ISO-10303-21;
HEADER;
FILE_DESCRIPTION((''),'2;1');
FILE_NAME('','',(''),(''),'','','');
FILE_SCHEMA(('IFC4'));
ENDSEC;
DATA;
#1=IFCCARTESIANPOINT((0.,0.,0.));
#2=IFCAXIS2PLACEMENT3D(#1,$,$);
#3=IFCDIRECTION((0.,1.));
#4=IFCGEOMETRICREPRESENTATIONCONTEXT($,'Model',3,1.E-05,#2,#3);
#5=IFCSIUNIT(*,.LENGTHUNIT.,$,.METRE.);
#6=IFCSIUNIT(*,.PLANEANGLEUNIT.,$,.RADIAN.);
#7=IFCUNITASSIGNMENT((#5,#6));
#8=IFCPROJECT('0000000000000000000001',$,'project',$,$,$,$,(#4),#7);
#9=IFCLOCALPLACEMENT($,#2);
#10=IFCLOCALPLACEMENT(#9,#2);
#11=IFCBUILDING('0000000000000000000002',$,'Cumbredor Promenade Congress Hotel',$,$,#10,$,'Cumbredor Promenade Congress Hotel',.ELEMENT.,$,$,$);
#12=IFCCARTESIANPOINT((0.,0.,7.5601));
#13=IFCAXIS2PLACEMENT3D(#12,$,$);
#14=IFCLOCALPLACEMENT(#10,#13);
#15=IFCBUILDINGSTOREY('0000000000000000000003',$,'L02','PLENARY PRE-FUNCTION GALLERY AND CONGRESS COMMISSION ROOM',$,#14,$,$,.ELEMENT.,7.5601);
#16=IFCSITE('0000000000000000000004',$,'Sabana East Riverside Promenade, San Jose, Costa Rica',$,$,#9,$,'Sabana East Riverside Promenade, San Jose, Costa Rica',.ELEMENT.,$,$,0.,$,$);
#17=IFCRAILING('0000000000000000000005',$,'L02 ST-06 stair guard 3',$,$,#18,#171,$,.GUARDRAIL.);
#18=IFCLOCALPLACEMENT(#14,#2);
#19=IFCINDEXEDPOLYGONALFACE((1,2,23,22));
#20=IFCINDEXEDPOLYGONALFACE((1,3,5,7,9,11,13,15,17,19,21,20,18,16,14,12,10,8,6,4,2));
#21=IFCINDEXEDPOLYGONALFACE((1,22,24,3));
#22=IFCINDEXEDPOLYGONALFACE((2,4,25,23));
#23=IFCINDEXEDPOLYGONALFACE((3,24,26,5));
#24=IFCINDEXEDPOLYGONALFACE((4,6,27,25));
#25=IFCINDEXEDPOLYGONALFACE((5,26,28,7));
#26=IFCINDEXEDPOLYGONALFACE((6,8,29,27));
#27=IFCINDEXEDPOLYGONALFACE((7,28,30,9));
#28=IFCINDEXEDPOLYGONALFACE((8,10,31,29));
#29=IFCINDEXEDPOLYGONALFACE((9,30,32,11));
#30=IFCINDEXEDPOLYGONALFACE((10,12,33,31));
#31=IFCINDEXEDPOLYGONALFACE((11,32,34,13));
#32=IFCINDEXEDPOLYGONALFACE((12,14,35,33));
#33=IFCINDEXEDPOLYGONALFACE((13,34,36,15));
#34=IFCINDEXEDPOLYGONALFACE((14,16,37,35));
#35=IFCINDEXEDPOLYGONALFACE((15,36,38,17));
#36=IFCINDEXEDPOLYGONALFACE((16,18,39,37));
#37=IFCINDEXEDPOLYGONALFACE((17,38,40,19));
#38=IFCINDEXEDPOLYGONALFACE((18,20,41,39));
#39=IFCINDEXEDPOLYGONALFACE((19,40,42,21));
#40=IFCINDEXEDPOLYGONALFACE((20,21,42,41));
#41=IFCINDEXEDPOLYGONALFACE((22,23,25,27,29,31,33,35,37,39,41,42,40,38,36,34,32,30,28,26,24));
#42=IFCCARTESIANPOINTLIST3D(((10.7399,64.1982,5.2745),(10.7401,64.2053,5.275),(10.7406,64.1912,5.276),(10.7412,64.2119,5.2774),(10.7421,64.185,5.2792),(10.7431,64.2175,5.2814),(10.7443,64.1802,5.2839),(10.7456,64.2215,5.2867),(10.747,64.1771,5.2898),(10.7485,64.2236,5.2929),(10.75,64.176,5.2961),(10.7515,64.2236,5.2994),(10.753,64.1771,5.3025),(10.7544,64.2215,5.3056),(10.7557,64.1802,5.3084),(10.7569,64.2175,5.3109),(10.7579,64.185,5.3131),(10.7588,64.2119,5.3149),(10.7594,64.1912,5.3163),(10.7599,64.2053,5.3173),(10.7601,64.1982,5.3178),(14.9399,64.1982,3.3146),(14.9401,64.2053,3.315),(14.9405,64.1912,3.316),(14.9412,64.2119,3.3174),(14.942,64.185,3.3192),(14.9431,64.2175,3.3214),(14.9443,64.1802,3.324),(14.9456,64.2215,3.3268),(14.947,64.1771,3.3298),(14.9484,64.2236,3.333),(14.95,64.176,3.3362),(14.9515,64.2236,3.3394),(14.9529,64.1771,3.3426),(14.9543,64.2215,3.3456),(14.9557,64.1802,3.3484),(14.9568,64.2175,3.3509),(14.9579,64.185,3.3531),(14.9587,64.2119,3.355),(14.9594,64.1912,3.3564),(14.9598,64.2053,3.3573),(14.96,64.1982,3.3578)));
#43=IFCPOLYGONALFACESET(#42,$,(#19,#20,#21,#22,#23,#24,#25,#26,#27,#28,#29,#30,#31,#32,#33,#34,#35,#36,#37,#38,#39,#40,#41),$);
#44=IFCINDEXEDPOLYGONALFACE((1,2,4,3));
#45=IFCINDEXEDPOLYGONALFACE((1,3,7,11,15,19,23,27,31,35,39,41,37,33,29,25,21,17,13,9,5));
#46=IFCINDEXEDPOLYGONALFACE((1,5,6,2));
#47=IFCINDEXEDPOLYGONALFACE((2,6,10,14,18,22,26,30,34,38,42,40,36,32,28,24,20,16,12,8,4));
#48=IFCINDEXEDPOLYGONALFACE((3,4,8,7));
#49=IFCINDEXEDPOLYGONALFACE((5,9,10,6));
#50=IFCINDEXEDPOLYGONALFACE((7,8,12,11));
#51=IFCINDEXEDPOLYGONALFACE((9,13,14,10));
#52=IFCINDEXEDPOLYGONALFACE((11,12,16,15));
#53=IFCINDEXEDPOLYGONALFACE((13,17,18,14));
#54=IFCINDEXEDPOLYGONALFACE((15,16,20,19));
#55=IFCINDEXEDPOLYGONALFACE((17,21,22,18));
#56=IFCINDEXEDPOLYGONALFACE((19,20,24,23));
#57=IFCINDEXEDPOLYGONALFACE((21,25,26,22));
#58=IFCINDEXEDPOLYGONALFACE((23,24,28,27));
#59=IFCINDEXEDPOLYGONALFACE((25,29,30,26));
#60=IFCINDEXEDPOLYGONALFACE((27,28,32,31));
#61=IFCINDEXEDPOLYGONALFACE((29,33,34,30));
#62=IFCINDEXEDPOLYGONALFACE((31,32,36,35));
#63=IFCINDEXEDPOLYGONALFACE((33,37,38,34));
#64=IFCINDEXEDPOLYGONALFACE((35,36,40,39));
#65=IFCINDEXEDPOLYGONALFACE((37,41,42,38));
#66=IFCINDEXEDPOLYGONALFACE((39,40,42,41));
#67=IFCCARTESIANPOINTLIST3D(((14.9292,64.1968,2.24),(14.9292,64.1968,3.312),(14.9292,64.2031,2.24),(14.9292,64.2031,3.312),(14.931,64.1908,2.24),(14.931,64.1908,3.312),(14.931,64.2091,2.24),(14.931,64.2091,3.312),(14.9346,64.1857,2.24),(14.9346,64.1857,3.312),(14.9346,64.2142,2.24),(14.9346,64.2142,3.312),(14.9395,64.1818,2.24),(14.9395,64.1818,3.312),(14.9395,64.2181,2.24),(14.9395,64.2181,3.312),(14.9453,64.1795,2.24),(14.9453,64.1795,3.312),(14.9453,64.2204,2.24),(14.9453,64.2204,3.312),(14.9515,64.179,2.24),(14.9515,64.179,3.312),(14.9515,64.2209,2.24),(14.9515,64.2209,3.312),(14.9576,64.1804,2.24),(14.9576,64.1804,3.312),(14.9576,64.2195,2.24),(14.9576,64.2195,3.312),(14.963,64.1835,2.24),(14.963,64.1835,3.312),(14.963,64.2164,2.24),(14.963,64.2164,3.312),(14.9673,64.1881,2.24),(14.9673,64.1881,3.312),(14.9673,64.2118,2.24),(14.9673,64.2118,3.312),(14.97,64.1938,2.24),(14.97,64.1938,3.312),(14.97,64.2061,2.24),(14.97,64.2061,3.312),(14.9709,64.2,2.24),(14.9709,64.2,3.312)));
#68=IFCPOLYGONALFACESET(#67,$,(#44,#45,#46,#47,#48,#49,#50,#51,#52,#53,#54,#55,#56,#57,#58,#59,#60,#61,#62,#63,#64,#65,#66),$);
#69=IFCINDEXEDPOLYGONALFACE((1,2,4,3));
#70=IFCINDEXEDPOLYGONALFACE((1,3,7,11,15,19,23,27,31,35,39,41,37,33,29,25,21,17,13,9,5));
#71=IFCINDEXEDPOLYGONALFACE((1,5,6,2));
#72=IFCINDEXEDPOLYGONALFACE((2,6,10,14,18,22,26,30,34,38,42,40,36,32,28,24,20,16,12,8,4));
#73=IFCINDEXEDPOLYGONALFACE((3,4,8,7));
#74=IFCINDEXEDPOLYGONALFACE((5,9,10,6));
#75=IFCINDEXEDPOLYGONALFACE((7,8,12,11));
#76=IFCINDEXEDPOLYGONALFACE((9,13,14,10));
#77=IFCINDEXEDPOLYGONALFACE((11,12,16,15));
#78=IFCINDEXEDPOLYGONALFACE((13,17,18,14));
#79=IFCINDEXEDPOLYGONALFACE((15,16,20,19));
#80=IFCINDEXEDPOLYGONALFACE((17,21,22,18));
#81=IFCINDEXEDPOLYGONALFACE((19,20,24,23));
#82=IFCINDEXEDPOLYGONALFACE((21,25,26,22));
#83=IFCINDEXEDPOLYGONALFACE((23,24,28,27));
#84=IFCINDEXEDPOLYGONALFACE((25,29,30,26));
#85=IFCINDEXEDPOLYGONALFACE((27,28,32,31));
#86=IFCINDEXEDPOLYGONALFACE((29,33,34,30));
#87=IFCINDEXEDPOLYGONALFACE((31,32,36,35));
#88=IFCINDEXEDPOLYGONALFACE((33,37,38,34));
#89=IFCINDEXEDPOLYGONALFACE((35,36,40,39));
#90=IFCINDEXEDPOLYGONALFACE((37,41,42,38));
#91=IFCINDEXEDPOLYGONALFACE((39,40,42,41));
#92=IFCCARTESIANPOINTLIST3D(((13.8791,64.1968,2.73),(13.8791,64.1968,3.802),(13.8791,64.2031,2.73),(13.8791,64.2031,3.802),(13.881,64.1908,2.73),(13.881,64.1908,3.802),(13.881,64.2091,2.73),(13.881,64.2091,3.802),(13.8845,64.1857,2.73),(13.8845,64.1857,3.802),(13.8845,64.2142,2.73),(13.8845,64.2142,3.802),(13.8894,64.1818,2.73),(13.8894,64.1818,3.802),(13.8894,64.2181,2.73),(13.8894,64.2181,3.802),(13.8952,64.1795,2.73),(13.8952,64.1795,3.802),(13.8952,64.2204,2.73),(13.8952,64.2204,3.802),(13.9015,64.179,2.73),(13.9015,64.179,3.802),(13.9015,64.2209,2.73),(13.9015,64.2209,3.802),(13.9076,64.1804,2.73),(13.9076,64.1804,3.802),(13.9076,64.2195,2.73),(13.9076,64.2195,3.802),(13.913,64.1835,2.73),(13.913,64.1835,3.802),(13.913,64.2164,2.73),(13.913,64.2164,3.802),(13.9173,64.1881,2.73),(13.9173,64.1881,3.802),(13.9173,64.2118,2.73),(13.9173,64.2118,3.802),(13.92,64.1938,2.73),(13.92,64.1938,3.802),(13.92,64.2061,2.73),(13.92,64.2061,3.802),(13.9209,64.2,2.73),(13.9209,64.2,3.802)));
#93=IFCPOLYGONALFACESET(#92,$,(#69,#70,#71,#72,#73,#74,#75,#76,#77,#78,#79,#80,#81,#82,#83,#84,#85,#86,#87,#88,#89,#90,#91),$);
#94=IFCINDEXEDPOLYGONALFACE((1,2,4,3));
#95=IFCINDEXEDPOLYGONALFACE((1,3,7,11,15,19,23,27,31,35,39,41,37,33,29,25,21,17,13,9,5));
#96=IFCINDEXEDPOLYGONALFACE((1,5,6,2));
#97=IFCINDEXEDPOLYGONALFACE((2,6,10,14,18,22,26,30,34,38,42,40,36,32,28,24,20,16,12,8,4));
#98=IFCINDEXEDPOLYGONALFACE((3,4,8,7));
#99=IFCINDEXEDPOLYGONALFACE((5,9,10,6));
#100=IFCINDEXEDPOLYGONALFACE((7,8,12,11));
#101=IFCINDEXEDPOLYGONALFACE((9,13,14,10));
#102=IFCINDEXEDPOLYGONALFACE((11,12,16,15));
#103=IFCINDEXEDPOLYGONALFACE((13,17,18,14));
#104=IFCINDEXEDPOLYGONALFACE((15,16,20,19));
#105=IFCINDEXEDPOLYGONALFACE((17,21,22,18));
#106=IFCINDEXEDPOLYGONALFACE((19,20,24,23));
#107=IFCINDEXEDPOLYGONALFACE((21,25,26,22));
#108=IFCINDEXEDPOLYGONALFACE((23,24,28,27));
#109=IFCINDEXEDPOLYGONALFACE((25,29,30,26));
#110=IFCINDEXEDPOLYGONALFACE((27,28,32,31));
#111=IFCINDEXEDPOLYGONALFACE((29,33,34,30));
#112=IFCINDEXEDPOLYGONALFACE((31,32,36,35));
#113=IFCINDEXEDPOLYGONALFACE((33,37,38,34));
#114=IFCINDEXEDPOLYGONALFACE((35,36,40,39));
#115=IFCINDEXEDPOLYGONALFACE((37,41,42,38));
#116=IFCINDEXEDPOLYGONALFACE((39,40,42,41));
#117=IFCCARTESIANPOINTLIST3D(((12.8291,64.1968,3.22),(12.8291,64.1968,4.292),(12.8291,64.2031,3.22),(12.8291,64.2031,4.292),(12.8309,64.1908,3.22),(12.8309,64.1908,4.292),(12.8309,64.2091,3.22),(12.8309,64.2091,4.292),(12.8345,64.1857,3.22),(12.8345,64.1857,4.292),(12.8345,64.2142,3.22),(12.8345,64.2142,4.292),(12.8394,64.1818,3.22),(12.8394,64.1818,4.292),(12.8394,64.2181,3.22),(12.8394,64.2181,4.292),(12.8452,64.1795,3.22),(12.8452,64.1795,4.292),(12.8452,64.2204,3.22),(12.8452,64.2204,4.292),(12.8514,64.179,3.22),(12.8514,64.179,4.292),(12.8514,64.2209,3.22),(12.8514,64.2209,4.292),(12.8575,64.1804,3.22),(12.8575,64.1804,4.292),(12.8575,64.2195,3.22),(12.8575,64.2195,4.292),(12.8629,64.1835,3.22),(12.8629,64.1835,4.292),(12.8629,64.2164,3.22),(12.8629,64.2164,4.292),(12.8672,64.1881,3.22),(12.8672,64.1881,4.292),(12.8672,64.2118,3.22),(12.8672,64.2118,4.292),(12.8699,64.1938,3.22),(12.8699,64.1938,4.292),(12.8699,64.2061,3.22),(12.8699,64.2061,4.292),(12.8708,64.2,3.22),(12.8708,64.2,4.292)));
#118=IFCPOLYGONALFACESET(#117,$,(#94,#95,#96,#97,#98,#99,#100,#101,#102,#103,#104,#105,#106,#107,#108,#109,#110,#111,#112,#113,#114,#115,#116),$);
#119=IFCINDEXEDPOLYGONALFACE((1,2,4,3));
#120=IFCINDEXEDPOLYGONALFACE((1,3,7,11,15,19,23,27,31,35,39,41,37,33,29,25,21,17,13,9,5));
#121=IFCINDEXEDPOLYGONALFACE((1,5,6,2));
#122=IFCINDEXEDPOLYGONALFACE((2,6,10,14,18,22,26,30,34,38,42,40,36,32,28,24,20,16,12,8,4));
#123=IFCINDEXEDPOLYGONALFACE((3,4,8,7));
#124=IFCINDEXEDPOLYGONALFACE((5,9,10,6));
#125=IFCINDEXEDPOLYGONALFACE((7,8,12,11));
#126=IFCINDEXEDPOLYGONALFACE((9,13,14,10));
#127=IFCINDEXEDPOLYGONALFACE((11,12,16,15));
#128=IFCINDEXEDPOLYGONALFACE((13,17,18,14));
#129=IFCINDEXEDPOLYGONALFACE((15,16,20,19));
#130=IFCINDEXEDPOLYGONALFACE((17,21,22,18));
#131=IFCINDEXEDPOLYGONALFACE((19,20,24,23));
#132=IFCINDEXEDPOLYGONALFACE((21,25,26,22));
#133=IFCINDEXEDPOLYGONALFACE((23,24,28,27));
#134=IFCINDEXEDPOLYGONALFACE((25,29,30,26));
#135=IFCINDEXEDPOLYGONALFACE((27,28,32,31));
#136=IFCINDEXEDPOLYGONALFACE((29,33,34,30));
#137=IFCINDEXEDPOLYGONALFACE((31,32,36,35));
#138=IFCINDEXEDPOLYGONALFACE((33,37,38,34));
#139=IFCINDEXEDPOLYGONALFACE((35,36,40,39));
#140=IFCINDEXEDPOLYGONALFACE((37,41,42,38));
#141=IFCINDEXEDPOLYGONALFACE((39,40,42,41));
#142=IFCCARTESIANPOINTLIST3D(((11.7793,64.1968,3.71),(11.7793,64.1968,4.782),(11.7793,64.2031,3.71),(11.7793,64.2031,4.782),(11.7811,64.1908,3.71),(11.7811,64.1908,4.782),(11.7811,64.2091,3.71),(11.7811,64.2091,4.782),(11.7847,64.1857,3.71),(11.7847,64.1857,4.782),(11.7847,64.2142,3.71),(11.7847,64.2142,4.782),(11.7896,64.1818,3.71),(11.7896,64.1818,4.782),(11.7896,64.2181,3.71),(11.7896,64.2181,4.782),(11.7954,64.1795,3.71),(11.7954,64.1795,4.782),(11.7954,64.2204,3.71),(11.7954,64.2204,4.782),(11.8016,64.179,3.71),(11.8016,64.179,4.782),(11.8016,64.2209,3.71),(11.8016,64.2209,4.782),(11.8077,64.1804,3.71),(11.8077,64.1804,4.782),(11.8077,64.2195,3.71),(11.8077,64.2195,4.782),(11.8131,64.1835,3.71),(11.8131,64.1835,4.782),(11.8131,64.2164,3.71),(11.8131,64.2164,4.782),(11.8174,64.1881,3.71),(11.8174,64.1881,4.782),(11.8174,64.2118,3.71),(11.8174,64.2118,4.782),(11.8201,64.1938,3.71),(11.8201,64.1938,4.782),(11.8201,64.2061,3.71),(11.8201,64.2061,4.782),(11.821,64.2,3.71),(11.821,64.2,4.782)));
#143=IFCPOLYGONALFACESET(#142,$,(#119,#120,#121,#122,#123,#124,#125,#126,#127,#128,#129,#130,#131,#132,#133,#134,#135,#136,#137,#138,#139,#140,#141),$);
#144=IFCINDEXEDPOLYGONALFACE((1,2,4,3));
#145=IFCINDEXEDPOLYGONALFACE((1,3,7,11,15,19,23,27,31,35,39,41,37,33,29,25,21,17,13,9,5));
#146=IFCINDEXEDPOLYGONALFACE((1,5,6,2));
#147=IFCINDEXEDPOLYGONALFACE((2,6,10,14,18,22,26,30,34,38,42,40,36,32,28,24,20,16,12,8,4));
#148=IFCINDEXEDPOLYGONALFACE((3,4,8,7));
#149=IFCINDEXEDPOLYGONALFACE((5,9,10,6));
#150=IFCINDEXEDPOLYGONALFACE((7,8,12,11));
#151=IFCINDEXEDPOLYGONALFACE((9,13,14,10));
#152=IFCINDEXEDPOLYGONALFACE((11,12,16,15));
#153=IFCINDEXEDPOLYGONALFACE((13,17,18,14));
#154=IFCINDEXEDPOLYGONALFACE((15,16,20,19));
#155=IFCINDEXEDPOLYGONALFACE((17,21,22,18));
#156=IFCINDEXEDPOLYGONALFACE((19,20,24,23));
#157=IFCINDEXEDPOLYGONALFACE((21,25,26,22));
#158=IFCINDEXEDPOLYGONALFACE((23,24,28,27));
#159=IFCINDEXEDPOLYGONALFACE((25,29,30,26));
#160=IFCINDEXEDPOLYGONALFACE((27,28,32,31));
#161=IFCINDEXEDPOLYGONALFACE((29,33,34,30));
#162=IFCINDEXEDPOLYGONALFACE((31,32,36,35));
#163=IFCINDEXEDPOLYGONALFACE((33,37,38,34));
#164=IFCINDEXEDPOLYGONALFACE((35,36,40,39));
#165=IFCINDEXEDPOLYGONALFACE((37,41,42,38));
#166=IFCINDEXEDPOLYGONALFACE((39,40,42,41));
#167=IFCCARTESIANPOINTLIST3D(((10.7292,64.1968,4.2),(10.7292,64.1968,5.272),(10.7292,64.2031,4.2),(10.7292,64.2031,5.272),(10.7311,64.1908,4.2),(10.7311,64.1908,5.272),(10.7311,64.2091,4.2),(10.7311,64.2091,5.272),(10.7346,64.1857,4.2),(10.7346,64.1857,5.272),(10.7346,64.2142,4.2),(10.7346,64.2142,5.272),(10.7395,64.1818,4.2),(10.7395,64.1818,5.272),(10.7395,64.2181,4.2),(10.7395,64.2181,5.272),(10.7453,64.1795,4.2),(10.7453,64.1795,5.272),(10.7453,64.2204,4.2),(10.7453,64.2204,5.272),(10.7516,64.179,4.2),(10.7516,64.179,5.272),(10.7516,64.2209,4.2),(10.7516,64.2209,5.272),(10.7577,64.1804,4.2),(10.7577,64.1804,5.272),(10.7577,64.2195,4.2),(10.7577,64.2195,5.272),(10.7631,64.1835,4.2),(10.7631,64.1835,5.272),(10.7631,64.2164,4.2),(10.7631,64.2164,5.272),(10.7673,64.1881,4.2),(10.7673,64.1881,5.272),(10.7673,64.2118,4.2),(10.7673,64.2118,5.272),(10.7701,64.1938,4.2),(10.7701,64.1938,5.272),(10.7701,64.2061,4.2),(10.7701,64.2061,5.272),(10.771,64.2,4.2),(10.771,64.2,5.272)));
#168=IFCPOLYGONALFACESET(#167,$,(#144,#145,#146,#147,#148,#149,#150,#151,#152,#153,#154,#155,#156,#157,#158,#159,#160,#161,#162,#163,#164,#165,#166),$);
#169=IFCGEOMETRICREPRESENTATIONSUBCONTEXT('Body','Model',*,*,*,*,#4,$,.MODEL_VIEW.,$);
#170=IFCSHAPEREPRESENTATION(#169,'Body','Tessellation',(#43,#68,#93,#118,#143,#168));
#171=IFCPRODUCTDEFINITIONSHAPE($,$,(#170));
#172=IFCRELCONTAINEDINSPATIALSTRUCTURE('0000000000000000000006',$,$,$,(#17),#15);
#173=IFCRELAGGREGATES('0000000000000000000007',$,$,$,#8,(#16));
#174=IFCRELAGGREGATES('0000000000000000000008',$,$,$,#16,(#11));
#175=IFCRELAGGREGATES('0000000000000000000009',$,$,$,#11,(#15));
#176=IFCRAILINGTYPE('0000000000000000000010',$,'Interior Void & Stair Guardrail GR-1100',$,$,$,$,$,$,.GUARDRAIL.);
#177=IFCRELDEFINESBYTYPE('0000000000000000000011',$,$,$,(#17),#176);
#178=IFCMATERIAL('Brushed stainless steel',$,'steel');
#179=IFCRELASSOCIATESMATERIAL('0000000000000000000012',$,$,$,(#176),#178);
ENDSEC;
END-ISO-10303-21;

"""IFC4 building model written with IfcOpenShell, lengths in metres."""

from ifc_helpers import new_model, si_unit, direction, frame, origin, origin_2d, place, context, subcontext, project, spatial, circle, extrude, material, type_object, element, save


model = new_model("IFC4")

# Units and contexts
model_context = context("Model", 3, precision=1e-05, world=origin(), true_north=direction((0.0, 1.0)))
body_context = subcontext(model_context, "Body", "Model", "MODEL_VIEW")
ifc_project = project(units=[si_unit("LENGTHUNIT", "METRE"), si_unit("PLANEANGLEUNIT", "RADIAN")], contexts=[model_context])

# Site, building, storey
site_placement = place(None, origin())
site = spatial("IfcSite", under=ifc_project, at=site_placement, Name="Sabana East Riverside Promenade, San Jose, Costa Rica", LongName="Sabana East Riverside Promenade, San Jose, Costa Rica", CompositionType="ELEMENT", RefElevation=0.0)
building_placement = place(site_placement, origin())
building = spatial("IfcBuilding", under=site, at=building_placement, Name="Cumbredor Promenade Congress Hotel", LongName="Cumbredor Promenade Congress Hotel", CompositionType="ELEMENT")
storey_placement = place(building_placement, frame((0.0, 0.0, 7.5601)))
storey = spatial("IfcBuildingStorey", under=building, at=storey_placement, Name="L02", Description="PLENARY PRE-FUNCTION GALLERY AND CONGRESS COMMISSION ROOM", CompositionType="ELEMENT", Elevation=7.5601)

# Shared definitions
ifc_material_1 = material(Name="Brushed stainless steel", Category="steel")

# Railing
railing_type_1 = type_object("IfcRailingType", Name="Interior Void & Stair Guardrail GR-1100", PredefinedType="GUARDRAIL", material=ifc_material_1)
railing_1_placement = place(storey_placement, frame((14.95, 64.2, 2.24)))
element("IfcRailing", 1, at=railing_1_placement, inside=storey, type_object=railing_type_1, Name="L02 ST-06 stair guard 3", PredefinedType="GUARDRAIL", context=body_context, shape_type="SweptSolid", body=[
    extrude(circle(Radius=0.0239, at=origin_2d()), frame((0.0, 0.0, 1.0962), z_axis=(-0.906184, 0.0, 0.422883), x_axis=(0.0, -1.0, 0.0)), (0.0, 0.0, 1.0), 4.6348),
    extrude(circle(Radius=0.021, at=origin_2d()), origin(), (0.0, 0.0, 1.0), 1.072),
    extrude(circle(Radius=0.021, at=origin_2d()), frame((-1.05, 0.0, 0.49)), (0.0, 0.0, 1.0), 1.072),
    extrude(circle(Radius=0.021, at=origin_2d()), frame((-2.1001, 0.0, 0.98)), (0.0, 0.0, 1.0), 1.072),
    extrude(circle(Radius=0.021, at=origin_2d()), frame((-3.1499, 0.0, 1.47)), (0.0, 0.0, 1.0), 1.072),
    extrude(circle(Radius=0.021, at=origin_2d()), frame((-4.2, 0.0, 1.96)), (0.0, 0.0, 1.0), 1.072),
])

save(model, "model.ifc")
